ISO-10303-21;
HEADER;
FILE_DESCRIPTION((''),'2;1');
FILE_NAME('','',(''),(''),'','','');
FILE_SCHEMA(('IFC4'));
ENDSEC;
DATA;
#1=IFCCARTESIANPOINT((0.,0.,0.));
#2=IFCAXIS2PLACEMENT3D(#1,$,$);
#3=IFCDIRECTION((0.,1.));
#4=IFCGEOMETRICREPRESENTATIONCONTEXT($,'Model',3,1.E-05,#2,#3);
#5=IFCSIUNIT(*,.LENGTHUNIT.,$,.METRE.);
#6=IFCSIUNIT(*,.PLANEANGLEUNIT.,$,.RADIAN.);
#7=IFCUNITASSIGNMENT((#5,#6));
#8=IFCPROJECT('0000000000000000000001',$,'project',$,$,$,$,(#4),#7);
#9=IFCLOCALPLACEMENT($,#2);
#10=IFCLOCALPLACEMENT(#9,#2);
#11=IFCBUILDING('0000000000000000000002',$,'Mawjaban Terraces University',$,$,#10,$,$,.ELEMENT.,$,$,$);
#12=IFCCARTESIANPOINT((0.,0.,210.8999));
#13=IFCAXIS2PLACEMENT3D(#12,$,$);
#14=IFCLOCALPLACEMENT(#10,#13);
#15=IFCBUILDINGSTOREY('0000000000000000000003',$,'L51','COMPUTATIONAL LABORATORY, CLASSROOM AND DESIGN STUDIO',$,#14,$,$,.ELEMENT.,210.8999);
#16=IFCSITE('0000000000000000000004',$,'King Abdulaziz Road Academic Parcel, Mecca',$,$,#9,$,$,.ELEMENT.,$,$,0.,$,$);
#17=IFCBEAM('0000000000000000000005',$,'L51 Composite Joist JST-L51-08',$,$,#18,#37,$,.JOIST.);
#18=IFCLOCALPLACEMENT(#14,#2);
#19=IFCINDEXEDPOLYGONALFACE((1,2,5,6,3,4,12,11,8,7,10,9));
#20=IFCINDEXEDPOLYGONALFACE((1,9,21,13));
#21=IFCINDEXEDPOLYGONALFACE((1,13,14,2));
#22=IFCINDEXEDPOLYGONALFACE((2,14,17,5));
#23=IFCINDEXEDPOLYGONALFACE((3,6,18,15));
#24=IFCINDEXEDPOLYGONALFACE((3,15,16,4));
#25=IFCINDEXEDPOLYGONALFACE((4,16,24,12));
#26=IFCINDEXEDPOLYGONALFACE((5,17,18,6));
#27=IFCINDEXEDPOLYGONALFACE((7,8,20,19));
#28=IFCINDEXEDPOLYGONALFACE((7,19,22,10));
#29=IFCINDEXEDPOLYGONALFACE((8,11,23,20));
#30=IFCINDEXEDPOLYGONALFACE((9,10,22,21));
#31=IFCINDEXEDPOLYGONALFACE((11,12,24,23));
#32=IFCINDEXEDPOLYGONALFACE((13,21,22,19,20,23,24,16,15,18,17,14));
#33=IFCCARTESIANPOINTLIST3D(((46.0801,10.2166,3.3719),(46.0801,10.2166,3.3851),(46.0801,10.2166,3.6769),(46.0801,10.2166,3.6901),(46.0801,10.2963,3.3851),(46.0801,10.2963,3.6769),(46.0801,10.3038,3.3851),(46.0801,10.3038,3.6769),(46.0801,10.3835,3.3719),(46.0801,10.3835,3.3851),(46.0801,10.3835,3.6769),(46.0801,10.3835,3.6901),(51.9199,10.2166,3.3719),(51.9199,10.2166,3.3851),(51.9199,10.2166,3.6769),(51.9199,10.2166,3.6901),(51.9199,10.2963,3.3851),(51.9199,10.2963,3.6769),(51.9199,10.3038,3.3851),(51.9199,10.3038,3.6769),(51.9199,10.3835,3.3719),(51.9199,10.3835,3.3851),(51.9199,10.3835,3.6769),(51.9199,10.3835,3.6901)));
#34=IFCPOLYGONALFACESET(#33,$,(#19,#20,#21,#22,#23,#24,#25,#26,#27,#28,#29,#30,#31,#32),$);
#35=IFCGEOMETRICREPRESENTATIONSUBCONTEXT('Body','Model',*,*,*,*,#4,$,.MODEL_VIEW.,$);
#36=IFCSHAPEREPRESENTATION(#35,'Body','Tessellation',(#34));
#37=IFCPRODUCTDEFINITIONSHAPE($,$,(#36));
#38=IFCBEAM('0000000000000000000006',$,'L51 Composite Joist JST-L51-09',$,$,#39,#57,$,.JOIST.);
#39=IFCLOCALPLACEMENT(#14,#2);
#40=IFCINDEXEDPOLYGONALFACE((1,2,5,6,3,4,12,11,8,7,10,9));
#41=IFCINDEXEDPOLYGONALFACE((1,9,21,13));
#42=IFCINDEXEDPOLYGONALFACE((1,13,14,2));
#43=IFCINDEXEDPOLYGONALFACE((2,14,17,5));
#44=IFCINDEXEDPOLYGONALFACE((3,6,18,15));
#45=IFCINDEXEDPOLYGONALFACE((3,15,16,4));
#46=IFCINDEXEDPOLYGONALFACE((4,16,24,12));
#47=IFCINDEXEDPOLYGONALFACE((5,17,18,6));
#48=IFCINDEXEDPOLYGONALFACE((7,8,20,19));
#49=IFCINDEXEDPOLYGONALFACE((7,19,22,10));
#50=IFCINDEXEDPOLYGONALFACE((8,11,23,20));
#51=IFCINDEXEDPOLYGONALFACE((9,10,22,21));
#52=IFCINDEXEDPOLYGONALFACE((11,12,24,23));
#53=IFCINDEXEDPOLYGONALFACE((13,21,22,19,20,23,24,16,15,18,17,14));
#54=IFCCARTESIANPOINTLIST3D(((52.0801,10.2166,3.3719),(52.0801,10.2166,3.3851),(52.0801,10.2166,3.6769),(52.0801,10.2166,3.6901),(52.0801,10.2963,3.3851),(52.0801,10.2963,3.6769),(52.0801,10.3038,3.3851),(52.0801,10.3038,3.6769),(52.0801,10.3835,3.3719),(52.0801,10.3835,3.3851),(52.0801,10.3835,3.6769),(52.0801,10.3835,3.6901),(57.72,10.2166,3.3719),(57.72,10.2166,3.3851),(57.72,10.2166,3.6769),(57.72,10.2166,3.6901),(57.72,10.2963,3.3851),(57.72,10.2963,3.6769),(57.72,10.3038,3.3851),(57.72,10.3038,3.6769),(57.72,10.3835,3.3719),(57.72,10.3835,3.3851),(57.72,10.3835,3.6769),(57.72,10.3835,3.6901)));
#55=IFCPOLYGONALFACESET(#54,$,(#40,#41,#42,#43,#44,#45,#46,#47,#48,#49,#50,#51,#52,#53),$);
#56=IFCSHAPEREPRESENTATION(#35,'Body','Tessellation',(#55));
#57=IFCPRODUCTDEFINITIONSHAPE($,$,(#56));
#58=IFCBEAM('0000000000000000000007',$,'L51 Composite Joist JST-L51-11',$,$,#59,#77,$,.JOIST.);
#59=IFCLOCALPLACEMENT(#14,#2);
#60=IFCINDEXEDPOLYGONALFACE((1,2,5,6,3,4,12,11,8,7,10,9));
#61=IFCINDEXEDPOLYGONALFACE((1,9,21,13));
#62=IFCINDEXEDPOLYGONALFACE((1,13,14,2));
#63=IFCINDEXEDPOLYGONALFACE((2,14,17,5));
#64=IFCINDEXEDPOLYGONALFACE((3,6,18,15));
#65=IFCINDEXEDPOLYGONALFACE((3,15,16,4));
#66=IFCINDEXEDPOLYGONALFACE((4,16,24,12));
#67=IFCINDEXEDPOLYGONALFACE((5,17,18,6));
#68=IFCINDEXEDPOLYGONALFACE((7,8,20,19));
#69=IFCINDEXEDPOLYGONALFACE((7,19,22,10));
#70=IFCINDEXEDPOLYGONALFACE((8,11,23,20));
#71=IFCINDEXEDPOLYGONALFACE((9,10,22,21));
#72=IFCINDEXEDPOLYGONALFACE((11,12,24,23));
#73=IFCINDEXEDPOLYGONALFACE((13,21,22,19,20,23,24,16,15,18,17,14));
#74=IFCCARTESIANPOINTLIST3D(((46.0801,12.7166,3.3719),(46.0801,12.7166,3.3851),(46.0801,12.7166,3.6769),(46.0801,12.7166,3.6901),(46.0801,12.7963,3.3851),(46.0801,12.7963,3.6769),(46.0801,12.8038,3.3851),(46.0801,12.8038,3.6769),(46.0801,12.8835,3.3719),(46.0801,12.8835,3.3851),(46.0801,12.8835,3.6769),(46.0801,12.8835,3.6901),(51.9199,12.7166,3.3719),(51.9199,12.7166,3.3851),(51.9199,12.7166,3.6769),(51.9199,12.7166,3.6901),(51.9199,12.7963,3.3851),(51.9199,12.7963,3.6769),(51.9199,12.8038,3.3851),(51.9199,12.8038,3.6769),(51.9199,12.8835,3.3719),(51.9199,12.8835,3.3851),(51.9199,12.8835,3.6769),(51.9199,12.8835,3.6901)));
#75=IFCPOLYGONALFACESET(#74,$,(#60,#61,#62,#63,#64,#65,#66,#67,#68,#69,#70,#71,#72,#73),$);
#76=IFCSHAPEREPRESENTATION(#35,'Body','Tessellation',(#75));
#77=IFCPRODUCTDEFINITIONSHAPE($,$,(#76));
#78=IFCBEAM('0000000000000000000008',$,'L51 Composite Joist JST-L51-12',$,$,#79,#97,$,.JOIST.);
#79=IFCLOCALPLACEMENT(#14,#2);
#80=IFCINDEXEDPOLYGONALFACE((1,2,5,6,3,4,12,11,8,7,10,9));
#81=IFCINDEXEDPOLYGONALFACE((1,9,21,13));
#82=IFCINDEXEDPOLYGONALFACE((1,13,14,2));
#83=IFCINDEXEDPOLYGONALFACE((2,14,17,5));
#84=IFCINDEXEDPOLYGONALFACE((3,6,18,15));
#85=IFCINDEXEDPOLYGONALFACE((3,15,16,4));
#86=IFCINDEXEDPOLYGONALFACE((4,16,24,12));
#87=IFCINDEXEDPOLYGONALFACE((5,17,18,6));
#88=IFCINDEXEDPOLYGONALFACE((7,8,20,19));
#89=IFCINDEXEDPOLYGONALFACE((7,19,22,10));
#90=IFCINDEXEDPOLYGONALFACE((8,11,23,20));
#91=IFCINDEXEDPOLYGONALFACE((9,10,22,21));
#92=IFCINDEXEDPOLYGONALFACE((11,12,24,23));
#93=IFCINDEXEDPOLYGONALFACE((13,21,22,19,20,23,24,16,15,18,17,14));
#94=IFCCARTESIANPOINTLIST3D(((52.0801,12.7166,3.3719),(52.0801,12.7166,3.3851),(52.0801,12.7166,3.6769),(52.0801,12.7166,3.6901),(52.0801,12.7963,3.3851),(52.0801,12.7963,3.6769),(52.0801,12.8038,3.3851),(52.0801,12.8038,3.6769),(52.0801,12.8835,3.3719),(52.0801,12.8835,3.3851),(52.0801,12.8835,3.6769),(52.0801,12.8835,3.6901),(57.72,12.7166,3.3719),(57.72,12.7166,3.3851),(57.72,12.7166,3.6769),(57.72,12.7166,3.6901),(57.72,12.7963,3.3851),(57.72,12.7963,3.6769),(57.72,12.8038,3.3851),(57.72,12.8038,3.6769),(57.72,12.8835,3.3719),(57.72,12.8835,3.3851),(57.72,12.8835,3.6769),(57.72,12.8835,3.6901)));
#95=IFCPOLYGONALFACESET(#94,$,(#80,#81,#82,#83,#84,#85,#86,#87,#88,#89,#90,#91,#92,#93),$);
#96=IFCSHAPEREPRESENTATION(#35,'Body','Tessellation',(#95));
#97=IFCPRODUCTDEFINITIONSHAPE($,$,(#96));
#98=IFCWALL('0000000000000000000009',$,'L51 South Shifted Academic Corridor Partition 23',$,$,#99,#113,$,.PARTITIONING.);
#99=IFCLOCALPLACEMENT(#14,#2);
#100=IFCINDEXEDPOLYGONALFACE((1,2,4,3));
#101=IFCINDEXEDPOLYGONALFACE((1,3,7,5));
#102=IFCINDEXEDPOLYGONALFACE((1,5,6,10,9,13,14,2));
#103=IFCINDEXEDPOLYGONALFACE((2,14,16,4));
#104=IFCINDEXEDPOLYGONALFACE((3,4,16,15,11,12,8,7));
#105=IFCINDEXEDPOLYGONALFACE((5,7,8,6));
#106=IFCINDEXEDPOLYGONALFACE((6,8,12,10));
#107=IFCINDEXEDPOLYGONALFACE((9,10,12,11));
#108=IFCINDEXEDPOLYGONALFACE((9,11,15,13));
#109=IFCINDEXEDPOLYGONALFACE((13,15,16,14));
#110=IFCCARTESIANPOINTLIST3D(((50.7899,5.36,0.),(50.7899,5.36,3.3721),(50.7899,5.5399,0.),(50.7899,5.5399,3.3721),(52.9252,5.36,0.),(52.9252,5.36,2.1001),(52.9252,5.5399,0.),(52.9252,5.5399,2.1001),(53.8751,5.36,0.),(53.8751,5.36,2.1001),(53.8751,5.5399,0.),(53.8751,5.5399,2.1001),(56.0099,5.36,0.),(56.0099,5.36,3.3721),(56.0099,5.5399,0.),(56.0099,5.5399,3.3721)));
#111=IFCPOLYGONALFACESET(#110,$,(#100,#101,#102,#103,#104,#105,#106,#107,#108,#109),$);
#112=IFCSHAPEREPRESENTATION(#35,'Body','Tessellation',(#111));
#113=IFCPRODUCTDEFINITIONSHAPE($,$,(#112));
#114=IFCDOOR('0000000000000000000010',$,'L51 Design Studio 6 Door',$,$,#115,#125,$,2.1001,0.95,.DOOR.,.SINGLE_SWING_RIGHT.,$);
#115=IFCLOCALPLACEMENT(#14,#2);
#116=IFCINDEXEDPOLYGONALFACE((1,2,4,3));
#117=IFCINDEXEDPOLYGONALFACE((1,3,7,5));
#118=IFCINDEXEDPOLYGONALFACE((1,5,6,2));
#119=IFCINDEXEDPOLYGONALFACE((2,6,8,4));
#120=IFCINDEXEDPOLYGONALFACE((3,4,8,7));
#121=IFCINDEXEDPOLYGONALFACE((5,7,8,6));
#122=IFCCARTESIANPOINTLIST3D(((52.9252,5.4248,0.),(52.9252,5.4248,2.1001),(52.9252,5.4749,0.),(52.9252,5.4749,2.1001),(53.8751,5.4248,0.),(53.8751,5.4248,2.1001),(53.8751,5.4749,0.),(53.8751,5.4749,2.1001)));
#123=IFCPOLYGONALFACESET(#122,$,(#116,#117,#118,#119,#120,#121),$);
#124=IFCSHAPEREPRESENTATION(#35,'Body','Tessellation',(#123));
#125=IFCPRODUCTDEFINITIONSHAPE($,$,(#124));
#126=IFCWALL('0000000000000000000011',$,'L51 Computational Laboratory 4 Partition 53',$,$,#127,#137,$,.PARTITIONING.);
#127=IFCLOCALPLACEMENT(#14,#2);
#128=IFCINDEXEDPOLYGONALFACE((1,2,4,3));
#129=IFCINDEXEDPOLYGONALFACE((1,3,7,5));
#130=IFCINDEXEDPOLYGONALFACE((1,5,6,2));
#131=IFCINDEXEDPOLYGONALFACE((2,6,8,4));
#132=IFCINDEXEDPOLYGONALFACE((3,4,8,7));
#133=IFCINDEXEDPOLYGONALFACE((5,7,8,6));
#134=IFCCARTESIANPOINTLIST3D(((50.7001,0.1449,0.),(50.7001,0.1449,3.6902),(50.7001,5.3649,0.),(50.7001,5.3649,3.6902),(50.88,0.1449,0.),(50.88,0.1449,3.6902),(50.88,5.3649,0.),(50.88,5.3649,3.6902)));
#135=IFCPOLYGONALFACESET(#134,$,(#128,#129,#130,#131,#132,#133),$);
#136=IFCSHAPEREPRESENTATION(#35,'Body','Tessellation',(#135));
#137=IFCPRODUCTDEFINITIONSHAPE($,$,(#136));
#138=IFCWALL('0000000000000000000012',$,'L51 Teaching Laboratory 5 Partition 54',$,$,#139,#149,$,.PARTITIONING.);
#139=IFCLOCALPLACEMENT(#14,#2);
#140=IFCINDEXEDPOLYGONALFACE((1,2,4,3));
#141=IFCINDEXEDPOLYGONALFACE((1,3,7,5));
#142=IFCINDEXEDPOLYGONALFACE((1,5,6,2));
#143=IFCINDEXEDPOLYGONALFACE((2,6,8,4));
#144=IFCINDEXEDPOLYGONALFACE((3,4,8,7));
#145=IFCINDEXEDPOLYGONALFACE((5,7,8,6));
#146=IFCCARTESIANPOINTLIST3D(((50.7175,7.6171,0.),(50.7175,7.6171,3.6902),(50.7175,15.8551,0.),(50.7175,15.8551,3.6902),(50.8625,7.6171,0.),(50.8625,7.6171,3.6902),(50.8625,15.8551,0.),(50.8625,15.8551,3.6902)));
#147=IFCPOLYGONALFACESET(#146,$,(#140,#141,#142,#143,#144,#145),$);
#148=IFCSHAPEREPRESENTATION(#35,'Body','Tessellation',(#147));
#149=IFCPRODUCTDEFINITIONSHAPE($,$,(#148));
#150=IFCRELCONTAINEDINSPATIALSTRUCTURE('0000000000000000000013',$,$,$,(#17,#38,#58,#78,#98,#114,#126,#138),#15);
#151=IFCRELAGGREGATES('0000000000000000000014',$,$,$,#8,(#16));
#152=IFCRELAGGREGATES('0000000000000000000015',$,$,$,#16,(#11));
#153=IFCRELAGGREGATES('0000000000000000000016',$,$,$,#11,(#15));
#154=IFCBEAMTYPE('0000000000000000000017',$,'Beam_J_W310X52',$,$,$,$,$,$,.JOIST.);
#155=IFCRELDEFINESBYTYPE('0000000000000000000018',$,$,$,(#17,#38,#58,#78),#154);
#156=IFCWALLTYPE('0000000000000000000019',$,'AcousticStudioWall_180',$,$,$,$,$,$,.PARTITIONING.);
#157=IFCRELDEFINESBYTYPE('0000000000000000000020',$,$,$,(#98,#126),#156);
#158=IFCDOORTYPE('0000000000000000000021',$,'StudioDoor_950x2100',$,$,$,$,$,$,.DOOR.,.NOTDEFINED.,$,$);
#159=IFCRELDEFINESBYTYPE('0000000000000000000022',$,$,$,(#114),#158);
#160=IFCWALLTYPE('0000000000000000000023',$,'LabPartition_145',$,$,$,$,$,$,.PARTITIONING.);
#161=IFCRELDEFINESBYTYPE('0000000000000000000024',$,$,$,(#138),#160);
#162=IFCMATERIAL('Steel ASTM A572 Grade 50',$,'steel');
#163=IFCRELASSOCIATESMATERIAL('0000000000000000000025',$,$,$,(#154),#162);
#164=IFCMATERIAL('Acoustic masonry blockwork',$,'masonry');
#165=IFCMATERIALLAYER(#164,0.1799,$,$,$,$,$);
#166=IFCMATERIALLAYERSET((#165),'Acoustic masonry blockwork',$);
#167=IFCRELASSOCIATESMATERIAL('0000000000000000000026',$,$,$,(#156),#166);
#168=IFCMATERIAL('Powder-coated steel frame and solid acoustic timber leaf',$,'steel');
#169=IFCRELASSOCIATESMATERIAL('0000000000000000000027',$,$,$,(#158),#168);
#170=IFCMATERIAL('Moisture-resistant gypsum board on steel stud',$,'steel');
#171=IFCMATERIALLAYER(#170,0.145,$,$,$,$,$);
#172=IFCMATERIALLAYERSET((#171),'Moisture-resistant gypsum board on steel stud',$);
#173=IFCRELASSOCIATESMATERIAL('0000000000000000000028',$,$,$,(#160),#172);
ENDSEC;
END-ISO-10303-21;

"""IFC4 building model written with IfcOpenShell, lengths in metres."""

from ifc_helpers import new_model, si_unit, direction, frame, frame_2d, origin, origin_2d, place, context, subcontext, project, spatial, rectangle, i_section, extrude, material, layer, layer_set, material_profile, profile_set, type_object, element, fill, save


model = new_model("IFC4")

# Units and contexts
model_context = context("Model", 3, precision=1e-05, world=origin(), true_north=direction((0.0, 1.0)))
body_context = subcontext(model_context, "Body", "Model", "MODEL_VIEW")
ifc_project = project(units=[si_unit("LENGTHUNIT", "METRE"), si_unit("PLANEANGLEUNIT", "RADIAN")], contexts=[model_context])

# Site, building, storey
site_placement = place(None, origin())
site = spatial("IfcSite", under=ifc_project, at=site_placement, Name="King Abdulaziz Road Academic Parcel, Mecca", CompositionType="ELEMENT", RefElevation=0.0)
building_placement = place(site_placement, origin())
building = spatial("IfcBuilding", under=site, at=building_placement, Name="Mawjaban Terraces University", CompositionType="ELEMENT")
storey_placement = place(building_placement, frame((0.0, 0.0, 210.8999)))
storey = spatial("IfcBuildingStorey", under=building, at=storey_placement, Name="L51", Description="COMPUTATIONAL LABORATORY, CLASSROOM AND DESIGN STUDIO", CompositionType="ELEMENT", Elevation=210.8999)

# Beams
ifc_material_1 = material(Name="Steel ASTM A572 Grade 50", Category="steel")
ifc_material_profile_1 = material_profile(ifc_material_1, i_section(OverallWidth=0.167, OverallDepth=0.3181, WebThickness=0.0076, FlangeThickness=0.0132, at=origin_2d()), Name="W310X52")
ifc_profile_set_1 = profile_set([ifc_material_profile_1], Name="Steel ASTM A572 Grade 50")
beam_type_1 = type_object("IfcBeamType", Name="Beam_J_W310X52", PredefinedType="JOIST", material=ifc_profile_set_1)
beam_1_placement = place(storey_placement, frame((46.0801, 10.3, 3.531), z_axis=(1.0, 0.0, 0.0), x_axis=(0.0, 1.0, 0.0)))
element("IfcBeam", 1, at=beam_1_placement, inside=storey, type_object=beam_type_1, Name="L51 Composite Joist JST-L51-08", PredefinedType="JOIST", context=body_context, shape_type="SweptSolid", body=[
    extrude(i_section(OverallWidth=0.167, OverallDepth=0.3181, WebThickness=0.0076, FlangeThickness=0.0132, at=origin_2d()), origin(), (0.0, 0.0, 1.0), 5.8398),
])
beam_2_placement = place(storey_placement, frame((52.0801, 10.3, 3.531), z_axis=(1.0, 0.0, 0.0), x_axis=(0.0, 1.0, 0.0)))
element("IfcBeam", 2, at=beam_2_placement, inside=storey, type_object=beam_type_1, Name="L51 Composite Joist JST-L51-09", PredefinedType="JOIST", context=body_context, shape_type="SweptSolid", body=[
    extrude(i_section(OverallWidth=0.167, OverallDepth=0.3181, WebThickness=0.0076, FlangeThickness=0.0132, at=origin_2d()), origin(), (0.0, 0.0, 1.0), 5.6399),
])
beam_3_placement = place(storey_placement, frame((46.0801, 12.8, 3.531), z_axis=(1.0, 0.0, 0.0), x_axis=(0.0, 1.0, 0.0)))
element("IfcBeam", 3, at=beam_3_placement, inside=storey, type_object=beam_type_1, Name="L51 Composite Joist JST-L51-11", PredefinedType="JOIST", context=body_context, shape_type="SweptSolid", body=[
    extrude(i_section(OverallWidth=0.167, OverallDepth=0.3181, WebThickness=0.0076, FlangeThickness=0.0132, at=origin_2d()), origin(), (0.0, 0.0, 1.0), 5.8398),
])
beam_4_placement = place(storey_placement, frame((52.0801, 12.8, 3.531), z_axis=(1.0, 0.0, 0.0), x_axis=(0.0, 1.0, 0.0)))
element("IfcBeam", 4, at=beam_4_placement, inside=storey, type_object=beam_type_1, Name="L51 Composite Joist JST-L51-12", PredefinedType="JOIST", context=body_context, shape_type="SweptSolid", body=[
    extrude(i_section(OverallWidth=0.167, OverallDepth=0.3181, WebThickness=0.0076, FlangeThickness=0.0132, at=origin_2d()), origin(), (0.0, 0.0, 1.0), 5.6399),
])

# Wall, opening, door
ifc_material_2 = material(Name="Acoustic masonry blockwork", Category="masonry")
ifc_layer_1 = layer(ifc_material_2, 0.1799)
ifc_layer_set_1 = layer_set([ifc_layer_1], Name="Acoustic masonry blockwork")
wall_type_1 = type_object("IfcWallType", Name="AcousticStudioWall_180", PredefinedType="PARTITIONING", material=ifc_layer_set_1)
wall_1_placement = place(storey_placement, frame((50.79, 5.45, 0.0), z_axis=(0.0, 0.0, 1.0), x_axis=(1.0, 0.0, 0.0)))
wall_1 = element("IfcWall", 5, at=wall_1_placement, inside=storey, type_object=wall_type_1, Name="L51 South Shifted Academic Corridor Partition 23", PredefinedType="PARTITIONING", context=body_context, shape_type="SweptSolid", body=[
    extrude(rectangle(XDim=5.22, YDim=0.1799, at=frame_2d((2.6099, 0.0))), origin(), (0.0, 0.0, 1.0), 3.3721),
])
opening_1_placement = place(wall_1_placement, frame((2.135, 0.0, 0.0)))
opening_1 = element("IfcOpeningElement", 6, at=opening_1_placement, cuts=wall_1, PredefinedType="OPENING", context=body_context, shape_type="SweptSolid", body=[
    extrude(rectangle(XDim=0.95, YDim=2.1001, at=frame_2d((0.4751, 1.05))), frame((0.0, 0.0999, 0.0), z_axis=(0.0, -1.0, 0.0), x_axis=(1.0, 0.0, 0.0)), (0.0, 0.0, 1.0), 0.2),
])
ifc_material_3 = material(Name="Powder-coated steel frame and solid acoustic timber leaf", Category="steel")
door_type_1 = type_object("IfcDoorType", Name="StudioDoor_950x2100", OperationType="NOTDEFINED", PredefinedType="DOOR", material=ifc_material_3)
door_1_placement = place(opening_1_placement, origin())
door_1 = element("IfcDoor", 7, at=door_1_placement, inside=storey, type_object=door_type_1, Name="L51 Design Studio 6 Door", OperationType="SINGLE_SWING_RIGHT", OverallHeight=2.1001, OverallWidth=0.95, PredefinedType="DOOR", context=body_context, shape_type="SweptSolid", body=[
    extrude(rectangle(XDim=0.95, YDim=2.1001, at=frame_2d((0.4751, 1.05))), frame((0.0, 0.0249, 0.0), z_axis=(0.0, -1.0, 0.0), x_axis=(1.0, 0.0, 0.0)), (0.0, 0.0, 1.0), 0.05),
])
fill(opening_1, door_1)

# Wall
wall_2_placement = place(storey_placement, frame((50.79, 0.145, 0.0), z_axis=(0.0, 0.0, 1.0), x_axis=(0.0, 1.0, 0.0)))
element("IfcWall", 8, at=wall_2_placement, inside=storey, type_object=wall_type_1, Name="L51 Computational Laboratory 4 Partition 53", PredefinedType="PARTITIONING", context=body_context, shape_type="SweptSolid", body=[
    extrude(rectangle(XDim=5.22, YDim=0.1799, at=frame_2d((2.6099, 0.0))), origin(), (0.0, 0.0, 1.0), 3.6902),
])

# Shared definitions
ifc_material_4 = material(Name="Moisture-resistant gypsum board on steel stud", Category="steel")
ifc_layer_2 = layer(ifc_material_4, 0.145)
ifc_layer_set_2 = layer_set([ifc_layer_2], Name="Moisture-resistant gypsum board on steel stud")
wall_type_2 = type_object("IfcWallType", Name="LabPartition_145", PredefinedType="PARTITIONING", material=ifc_layer_set_2)

# Wall
wall_3_placement = place(storey_placement, frame((50.79, 7.6169, 0.0), z_axis=(0.0, 0.0, 1.0), x_axis=(0.0, 1.0, 0.0)))
element("IfcWall", 9, at=wall_3_placement, inside=storey, type_object=wall_type_2, Name="L51 Teaching Laboratory 5 Partition 54", PredefinedType="PARTITIONING", context=body_context, shape_type="SweptSolid", body=[
    extrude(rectangle(XDim=8.238, YDim=0.145, at=frame_2d((4.1191, 0.0))), origin(), (0.0, 0.0, 1.0), 3.6902),
])

save(model, "model.ifc")
